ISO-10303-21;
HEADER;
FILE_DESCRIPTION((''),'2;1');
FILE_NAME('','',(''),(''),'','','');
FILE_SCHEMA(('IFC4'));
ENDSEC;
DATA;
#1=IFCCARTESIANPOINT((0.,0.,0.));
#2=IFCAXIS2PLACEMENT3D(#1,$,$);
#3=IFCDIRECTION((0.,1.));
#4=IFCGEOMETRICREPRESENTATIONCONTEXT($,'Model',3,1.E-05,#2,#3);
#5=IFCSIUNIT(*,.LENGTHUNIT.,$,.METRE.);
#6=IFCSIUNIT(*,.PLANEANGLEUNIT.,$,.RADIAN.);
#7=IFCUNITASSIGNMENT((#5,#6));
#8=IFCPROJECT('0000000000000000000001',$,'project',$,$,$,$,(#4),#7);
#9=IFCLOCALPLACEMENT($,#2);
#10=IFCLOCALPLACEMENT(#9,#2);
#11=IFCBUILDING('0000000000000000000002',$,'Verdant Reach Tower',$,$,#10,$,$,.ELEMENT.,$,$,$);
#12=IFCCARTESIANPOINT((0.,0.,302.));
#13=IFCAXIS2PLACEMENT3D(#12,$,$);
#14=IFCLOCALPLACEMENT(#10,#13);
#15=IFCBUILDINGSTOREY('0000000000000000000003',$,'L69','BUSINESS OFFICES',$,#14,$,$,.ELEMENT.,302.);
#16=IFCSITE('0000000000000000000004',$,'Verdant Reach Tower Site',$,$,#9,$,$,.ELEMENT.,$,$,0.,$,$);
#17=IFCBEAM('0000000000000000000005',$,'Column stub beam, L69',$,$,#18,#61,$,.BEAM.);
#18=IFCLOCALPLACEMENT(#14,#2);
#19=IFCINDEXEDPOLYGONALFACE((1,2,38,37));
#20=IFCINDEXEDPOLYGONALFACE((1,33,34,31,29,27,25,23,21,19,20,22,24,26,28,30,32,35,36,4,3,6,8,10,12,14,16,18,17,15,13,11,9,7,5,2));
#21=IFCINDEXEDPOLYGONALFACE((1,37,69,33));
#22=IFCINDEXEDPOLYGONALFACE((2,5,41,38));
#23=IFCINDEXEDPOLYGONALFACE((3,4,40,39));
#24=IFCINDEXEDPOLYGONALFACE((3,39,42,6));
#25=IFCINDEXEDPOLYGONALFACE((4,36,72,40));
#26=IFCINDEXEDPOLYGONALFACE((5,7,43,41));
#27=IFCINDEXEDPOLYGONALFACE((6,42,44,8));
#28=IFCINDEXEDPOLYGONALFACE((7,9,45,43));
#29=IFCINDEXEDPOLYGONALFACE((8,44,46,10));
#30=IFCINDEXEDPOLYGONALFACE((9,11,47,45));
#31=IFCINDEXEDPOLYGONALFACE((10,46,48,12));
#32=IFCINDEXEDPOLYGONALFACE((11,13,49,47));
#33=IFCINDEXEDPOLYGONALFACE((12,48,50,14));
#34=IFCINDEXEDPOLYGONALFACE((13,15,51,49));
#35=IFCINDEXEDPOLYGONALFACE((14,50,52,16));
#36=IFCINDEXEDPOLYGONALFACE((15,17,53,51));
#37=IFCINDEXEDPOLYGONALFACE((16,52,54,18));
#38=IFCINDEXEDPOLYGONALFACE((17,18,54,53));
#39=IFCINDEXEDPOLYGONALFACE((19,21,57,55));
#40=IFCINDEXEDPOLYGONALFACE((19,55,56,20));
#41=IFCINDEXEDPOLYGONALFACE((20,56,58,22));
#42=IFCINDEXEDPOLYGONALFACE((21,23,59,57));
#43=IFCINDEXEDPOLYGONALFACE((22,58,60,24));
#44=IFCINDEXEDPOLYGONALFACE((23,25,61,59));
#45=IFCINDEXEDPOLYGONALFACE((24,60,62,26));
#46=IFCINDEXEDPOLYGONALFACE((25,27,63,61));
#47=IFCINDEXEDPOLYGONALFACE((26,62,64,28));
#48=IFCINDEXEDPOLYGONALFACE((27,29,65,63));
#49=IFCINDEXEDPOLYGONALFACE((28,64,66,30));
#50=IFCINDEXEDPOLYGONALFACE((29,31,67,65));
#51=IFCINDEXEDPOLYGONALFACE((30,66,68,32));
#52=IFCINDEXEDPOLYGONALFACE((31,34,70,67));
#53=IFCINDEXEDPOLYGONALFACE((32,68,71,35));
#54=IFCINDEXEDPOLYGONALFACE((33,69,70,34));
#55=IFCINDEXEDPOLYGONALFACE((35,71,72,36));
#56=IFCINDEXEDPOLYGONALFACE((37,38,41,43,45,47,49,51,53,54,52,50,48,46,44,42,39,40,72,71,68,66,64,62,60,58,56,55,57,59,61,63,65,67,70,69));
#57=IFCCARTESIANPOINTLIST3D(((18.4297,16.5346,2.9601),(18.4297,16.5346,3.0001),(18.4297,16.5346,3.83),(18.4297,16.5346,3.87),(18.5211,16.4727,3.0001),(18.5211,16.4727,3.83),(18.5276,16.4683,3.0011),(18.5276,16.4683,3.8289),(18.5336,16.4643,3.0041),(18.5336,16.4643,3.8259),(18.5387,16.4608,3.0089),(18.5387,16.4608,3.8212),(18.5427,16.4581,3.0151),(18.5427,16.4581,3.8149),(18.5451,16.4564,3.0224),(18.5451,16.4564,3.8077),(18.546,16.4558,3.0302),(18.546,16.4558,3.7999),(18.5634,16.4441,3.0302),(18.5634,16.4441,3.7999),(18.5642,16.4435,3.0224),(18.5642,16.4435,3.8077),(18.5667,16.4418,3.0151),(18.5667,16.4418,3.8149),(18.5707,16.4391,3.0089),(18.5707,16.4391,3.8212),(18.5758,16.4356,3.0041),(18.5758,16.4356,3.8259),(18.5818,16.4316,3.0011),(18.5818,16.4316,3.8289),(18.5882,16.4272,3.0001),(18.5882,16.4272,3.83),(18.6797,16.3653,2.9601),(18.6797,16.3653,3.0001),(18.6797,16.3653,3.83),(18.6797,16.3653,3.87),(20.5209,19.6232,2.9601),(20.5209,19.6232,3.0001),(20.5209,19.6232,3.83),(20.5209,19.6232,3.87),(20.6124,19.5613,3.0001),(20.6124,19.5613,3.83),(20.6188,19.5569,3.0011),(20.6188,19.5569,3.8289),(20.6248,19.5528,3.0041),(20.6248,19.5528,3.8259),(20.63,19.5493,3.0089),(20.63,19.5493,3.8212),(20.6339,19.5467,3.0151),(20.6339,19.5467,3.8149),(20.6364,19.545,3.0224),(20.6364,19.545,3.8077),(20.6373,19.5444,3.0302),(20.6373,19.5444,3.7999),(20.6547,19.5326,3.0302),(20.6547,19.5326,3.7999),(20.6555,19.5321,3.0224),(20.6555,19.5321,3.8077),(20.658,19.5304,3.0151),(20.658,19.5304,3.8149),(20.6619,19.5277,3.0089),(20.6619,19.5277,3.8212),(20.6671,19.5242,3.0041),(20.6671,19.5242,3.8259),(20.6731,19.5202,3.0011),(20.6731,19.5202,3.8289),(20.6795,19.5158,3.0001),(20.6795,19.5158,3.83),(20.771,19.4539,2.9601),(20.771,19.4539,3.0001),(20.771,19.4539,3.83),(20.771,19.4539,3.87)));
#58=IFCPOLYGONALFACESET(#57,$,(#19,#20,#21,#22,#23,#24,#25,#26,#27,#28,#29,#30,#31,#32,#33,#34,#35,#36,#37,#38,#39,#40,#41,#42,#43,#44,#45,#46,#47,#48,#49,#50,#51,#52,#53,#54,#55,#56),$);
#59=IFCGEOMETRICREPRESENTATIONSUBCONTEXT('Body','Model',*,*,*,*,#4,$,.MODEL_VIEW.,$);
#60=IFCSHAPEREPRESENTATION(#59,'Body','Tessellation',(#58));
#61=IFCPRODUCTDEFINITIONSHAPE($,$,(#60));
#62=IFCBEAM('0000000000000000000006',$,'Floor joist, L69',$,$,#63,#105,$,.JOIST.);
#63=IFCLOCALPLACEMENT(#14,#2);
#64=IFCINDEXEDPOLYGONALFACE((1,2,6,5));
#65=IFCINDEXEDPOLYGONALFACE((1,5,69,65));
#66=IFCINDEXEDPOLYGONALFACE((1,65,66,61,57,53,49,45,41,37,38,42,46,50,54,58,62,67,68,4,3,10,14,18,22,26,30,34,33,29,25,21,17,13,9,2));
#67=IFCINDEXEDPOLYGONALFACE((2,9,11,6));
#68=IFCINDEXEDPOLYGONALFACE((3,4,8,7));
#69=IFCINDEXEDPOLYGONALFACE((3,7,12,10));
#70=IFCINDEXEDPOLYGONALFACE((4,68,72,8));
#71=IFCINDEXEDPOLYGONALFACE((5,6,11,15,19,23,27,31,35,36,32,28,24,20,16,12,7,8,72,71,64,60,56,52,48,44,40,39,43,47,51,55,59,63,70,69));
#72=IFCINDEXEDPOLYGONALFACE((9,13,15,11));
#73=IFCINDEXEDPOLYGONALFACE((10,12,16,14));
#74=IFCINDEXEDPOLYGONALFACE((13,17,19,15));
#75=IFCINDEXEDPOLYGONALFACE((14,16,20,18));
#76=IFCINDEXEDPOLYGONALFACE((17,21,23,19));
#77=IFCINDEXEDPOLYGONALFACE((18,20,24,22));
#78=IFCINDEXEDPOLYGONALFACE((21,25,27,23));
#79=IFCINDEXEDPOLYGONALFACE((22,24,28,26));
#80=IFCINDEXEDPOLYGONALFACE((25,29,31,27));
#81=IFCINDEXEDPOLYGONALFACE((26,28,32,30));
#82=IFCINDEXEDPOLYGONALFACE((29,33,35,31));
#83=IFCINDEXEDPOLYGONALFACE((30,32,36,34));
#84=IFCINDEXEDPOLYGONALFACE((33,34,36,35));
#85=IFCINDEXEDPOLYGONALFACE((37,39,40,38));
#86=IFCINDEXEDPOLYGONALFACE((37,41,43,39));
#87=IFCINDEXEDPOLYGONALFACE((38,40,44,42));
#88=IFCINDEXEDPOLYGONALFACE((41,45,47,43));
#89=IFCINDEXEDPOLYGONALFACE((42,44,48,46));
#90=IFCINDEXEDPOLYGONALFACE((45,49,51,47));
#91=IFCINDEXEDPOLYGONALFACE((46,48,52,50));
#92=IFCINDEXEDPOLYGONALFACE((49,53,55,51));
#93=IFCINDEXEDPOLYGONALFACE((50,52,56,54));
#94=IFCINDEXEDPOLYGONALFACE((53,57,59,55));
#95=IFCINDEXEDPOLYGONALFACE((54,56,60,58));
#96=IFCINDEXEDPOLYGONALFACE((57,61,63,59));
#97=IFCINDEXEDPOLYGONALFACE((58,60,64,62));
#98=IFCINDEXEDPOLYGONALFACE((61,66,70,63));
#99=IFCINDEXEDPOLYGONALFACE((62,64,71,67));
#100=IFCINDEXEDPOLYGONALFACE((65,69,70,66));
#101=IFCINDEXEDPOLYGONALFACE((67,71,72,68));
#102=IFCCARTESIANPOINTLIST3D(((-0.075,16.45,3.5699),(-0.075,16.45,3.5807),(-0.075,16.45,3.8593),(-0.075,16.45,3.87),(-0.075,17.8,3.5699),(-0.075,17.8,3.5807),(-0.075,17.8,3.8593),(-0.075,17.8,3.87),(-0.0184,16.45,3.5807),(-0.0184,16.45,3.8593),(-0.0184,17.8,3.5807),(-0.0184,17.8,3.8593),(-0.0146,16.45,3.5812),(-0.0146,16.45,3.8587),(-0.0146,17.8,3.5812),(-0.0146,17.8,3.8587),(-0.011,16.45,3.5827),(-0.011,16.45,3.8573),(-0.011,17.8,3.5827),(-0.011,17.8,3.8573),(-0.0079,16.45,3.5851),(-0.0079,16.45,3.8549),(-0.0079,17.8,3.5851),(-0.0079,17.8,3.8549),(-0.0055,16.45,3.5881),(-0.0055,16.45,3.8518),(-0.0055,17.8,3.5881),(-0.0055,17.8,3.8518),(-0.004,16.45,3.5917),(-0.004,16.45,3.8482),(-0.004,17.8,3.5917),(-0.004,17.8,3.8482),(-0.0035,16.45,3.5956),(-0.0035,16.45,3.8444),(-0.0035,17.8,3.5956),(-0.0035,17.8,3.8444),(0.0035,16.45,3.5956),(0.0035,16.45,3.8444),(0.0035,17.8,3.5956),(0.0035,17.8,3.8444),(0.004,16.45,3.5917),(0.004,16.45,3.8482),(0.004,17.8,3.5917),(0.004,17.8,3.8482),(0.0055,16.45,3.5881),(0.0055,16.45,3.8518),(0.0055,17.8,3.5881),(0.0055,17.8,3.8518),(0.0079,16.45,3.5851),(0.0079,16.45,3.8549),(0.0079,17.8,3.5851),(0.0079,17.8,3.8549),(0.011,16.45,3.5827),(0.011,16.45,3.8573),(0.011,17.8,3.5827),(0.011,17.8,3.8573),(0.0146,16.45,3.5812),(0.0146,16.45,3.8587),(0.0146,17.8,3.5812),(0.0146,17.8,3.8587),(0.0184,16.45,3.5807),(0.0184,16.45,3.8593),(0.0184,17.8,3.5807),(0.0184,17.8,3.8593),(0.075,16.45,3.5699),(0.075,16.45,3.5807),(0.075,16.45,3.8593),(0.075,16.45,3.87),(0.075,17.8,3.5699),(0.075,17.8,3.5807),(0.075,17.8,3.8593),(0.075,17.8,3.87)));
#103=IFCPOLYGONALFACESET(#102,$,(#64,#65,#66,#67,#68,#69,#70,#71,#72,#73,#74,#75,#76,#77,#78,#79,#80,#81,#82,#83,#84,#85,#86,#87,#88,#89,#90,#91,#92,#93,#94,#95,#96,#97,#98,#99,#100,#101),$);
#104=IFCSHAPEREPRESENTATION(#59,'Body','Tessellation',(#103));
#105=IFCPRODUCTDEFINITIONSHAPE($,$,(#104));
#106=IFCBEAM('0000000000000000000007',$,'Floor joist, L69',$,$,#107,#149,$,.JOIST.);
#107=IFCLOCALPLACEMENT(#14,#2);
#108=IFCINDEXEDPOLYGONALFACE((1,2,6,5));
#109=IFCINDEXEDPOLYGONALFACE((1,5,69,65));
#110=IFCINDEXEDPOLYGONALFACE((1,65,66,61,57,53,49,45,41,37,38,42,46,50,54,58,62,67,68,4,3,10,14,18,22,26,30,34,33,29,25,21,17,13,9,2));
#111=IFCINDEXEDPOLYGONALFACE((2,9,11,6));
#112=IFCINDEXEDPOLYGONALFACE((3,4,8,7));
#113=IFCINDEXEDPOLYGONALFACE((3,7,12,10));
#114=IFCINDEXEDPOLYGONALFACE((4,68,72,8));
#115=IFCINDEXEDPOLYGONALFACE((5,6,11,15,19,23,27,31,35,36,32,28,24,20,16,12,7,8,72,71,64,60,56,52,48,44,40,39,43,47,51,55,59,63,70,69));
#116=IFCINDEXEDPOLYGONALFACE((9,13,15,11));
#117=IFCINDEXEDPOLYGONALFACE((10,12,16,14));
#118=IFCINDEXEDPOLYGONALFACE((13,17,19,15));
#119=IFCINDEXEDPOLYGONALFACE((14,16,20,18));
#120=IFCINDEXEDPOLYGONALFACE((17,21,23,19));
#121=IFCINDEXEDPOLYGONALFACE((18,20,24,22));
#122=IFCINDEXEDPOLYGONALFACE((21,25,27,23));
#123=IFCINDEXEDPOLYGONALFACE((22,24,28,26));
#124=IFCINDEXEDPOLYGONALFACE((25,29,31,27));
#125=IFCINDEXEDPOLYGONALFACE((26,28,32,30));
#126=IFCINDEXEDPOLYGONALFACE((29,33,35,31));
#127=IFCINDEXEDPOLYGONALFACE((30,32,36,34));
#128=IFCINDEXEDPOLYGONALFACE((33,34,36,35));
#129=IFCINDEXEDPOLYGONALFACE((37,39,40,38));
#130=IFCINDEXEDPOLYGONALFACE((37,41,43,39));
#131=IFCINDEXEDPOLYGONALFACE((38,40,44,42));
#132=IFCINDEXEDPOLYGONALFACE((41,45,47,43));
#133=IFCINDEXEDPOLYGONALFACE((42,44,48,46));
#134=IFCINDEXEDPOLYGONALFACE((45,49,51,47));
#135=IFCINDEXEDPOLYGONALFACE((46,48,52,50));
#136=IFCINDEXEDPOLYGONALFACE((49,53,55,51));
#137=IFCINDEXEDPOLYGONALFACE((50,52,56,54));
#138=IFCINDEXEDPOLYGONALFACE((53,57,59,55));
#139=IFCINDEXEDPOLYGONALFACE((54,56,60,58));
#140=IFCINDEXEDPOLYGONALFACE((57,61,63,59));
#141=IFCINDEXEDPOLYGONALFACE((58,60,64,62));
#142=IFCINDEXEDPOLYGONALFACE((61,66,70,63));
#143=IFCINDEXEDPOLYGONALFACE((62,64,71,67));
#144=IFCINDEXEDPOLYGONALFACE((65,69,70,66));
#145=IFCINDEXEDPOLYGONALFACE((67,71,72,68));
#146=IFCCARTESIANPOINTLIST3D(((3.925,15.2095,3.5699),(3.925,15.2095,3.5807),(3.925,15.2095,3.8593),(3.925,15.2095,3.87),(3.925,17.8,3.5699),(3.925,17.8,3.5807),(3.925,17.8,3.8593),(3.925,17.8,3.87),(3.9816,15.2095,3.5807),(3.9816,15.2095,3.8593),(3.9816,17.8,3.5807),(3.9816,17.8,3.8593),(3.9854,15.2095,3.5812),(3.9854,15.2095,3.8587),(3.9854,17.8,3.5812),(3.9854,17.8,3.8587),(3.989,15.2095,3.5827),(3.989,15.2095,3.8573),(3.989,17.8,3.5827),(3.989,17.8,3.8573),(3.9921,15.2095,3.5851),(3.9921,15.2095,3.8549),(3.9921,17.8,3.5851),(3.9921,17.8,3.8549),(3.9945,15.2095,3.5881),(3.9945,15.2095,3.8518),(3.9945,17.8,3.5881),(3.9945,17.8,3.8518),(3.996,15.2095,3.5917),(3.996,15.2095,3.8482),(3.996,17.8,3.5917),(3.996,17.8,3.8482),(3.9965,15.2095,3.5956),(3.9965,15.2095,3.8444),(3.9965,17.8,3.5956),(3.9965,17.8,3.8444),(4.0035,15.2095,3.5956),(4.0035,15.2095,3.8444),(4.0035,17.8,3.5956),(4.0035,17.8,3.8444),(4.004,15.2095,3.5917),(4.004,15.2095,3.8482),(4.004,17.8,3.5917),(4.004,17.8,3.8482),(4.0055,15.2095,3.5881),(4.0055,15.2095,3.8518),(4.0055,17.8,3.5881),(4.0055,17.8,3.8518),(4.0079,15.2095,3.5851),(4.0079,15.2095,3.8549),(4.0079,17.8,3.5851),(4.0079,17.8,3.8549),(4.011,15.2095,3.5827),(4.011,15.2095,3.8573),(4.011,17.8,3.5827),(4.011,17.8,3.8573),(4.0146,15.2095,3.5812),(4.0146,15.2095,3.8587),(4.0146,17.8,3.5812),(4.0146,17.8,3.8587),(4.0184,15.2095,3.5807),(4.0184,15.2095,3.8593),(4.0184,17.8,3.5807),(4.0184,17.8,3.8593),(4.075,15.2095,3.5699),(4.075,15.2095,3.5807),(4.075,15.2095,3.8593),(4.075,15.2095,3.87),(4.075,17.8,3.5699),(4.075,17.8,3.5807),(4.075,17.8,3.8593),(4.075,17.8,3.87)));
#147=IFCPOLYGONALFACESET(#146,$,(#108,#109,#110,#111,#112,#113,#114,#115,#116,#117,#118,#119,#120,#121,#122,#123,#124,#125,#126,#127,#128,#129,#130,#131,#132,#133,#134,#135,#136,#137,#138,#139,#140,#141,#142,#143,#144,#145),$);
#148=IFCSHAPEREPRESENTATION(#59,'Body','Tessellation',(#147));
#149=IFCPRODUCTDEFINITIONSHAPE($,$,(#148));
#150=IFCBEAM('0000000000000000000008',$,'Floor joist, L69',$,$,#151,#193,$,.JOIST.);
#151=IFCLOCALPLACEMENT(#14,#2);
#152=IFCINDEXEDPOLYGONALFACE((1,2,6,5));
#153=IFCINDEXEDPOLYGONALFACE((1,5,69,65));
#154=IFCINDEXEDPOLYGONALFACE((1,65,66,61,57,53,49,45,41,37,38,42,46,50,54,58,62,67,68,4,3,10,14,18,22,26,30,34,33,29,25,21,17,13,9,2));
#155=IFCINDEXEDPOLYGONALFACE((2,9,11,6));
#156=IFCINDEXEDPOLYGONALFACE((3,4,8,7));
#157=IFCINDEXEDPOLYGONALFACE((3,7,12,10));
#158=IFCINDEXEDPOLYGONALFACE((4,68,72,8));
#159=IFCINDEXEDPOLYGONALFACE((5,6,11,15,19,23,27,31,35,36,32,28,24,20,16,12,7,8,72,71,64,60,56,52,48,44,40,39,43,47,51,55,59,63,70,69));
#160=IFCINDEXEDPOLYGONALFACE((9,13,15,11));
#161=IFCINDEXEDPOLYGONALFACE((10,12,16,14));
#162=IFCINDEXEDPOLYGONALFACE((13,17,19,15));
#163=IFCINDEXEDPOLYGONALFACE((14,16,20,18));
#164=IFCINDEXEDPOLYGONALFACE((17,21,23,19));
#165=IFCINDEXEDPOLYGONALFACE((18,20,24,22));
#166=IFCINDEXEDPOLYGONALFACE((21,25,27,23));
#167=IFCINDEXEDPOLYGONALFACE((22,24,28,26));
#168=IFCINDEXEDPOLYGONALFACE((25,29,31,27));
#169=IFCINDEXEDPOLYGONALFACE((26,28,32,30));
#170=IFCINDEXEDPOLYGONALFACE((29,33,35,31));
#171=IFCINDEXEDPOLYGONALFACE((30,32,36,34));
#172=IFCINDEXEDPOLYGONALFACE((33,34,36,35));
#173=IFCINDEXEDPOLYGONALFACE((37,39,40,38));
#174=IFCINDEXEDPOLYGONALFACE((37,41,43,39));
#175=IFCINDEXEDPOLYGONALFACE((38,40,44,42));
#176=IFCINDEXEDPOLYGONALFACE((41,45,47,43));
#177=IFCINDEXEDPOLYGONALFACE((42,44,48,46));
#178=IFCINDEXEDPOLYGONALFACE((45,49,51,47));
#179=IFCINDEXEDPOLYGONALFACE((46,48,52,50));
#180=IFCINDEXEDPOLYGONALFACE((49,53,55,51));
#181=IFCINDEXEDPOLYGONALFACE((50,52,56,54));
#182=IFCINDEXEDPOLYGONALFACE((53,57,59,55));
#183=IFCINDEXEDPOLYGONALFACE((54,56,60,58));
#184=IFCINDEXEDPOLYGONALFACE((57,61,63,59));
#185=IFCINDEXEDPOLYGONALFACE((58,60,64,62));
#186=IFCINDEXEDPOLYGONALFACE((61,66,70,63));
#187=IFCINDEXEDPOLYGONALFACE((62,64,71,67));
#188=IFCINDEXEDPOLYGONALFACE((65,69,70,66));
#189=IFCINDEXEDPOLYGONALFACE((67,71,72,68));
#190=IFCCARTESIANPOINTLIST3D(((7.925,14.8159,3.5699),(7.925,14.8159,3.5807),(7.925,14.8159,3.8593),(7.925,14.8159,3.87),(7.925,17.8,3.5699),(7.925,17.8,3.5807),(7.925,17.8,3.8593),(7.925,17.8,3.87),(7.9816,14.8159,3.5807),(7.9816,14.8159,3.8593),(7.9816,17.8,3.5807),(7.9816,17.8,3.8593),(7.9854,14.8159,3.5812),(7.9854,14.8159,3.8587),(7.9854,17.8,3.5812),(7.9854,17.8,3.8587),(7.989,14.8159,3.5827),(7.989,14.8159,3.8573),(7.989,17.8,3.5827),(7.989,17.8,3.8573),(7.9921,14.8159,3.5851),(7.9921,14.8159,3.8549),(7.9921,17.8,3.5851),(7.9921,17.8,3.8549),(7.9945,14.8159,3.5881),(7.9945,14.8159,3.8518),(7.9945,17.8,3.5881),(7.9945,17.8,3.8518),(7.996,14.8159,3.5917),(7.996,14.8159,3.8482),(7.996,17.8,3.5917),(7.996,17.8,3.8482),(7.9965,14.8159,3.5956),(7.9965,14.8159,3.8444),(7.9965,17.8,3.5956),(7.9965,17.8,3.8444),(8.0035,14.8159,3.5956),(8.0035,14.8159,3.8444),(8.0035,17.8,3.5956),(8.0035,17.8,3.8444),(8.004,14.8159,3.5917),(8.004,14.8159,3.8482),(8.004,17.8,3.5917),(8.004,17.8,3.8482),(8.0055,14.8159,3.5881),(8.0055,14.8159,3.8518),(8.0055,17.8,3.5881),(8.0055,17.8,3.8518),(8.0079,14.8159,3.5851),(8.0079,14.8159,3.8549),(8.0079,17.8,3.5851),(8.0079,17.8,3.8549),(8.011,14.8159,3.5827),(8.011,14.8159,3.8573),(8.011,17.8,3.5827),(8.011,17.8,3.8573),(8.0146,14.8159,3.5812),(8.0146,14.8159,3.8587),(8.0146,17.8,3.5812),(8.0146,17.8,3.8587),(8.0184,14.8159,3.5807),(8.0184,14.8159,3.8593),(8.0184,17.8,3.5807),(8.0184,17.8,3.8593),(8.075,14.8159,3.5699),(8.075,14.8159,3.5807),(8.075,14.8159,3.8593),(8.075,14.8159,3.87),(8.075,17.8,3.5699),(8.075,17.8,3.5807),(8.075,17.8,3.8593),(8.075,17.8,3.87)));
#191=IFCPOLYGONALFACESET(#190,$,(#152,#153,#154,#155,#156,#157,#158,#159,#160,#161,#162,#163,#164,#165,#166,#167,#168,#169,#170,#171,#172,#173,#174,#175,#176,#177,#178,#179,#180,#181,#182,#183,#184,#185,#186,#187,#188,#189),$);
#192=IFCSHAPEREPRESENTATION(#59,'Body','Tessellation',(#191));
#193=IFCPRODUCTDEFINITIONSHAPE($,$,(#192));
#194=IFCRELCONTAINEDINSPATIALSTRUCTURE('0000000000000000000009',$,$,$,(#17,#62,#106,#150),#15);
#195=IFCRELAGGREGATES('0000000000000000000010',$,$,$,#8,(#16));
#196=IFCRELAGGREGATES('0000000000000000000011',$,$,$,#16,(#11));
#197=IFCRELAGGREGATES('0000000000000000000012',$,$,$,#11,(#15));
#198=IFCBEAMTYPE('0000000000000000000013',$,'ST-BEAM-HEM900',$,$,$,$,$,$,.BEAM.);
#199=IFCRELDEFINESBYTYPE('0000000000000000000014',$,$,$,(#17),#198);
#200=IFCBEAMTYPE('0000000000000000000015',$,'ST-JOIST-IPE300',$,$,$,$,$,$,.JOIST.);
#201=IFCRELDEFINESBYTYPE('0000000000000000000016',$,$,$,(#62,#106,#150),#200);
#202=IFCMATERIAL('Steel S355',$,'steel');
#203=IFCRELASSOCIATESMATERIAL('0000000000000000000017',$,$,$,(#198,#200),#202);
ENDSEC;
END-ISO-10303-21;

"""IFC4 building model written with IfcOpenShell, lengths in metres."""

from ifc_helpers import new_model, si_unit, direction, frame, origin, origin_2d, place, context, subcontext, project, spatial, i_section, extrude, material, material_profile, profile_set, type_object, element, save


model = new_model("IFC4")

# Units and contexts
model_context = context("Model", 3, precision=1e-05, world=origin(), true_north=direction((0.0, 1.0)))
body_context = subcontext(model_context, "Body", "Model", "MODEL_VIEW")
ifc_project = project(units=[si_unit("LENGTHUNIT", "METRE"), si_unit("PLANEANGLEUNIT", "RADIAN")], contexts=[model_context])

# Site, building, storey
site_placement = place(None, origin())
site = spatial("IfcSite", under=ifc_project, at=site_placement, Name="Verdant Reach Tower Site", CompositionType="ELEMENT", RefElevation=0.0)
building_placement = place(site_placement, origin())
building = spatial("IfcBuilding", under=site, at=building_placement, Name="Verdant Reach Tower", CompositionType="ELEMENT")
storey_placement = place(building_placement, frame((0.0, 0.0, 302.0)))
storey = spatial("IfcBuildingStorey", under=building, at=storey_placement, Name="L69", Description="BUSINESS OFFICES", CompositionType="ELEMENT", Elevation=302.0)

# Beams
ifc_material_1 = material(Name="Steel S355", Category="steel")
ifc_material_profile_1 = material_profile(ifc_material_1, i_section(OverallWidth=0.302, OverallDepth=0.9099, WebThickness=0.021, FlangeThickness=0.04, FilletRadius=0.03, at=origin_2d()), Name="HEM 900")
ifc_profile_set_1 = profile_set([ifc_material_profile_1], Name="Steel S355")
beam_type_1 = type_object("IfcBeamType", Name="ST-BEAM-HEM900", PredefinedType="BEAM", material=ifc_profile_set_1)
beam_1_placement = place(storey_placement, frame((18.5547, 16.45, 3.415), z_axis=(0.560667, 0.828041, 0.0), x_axis=(-0.828041, 0.560667, 0.0)))
element("IfcBeam", 1, at=beam_1_placement, inside=storey, type_object=beam_type_1, Name="Column stub beam, L69", PredefinedType="BEAM", context=body_context, shape_type="SweptSolid", body=[
    extrude(i_section(OverallWidth=0.302, OverallDepth=0.9099, WebThickness=0.021, FlangeThickness=0.04, FilletRadius=0.03, at=origin_2d()), origin(), (0.0, 0.0, 1.0), 3.73),
])
ifc_material_profile_2 = material_profile(ifc_material_1, i_section(OverallWidth=0.1499, OverallDepth=0.3, WebThickness=0.0071, FlangeThickness=0.0107, FilletRadius=0.0149, at=origin_2d()), Name="IPE 300")
ifc_profile_set_2 = profile_set([ifc_material_profile_2], Name="Steel S355")
beam_type_2 = type_object("IfcBeamType", Name="ST-JOIST-IPE300", PredefinedType="JOIST", material=ifc_profile_set_2)
beam_2_placement = place(storey_placement, frame((0.0, 17.8, 3.72), z_axis=(0.0, -1.0, 0.0), x_axis=(1.0, 0.0, 0.0)))
element("IfcBeam", 2, at=beam_2_placement, inside=storey, type_object=beam_type_2, Name="Floor joist, L69", PredefinedType="JOIST", context=body_context, shape_type="SweptSolid", body=[
    extrude(i_section(OverallWidth=0.1499, OverallDepth=0.3, WebThickness=0.0071, FlangeThickness=0.0107, FilletRadius=0.0149, at=origin_2d()), origin(), (0.0, 0.0, 1.0), 1.3501),
])
beam_3_placement = place(storey_placement, frame((4.0, 17.8, 3.72), z_axis=(0.0, -1.0, 0.0), x_axis=(1.0, 0.0, 0.0)))
element("IfcBeam", 3, at=beam_3_placement, inside=storey, type_object=beam_type_2, Name="Floor joist, L69", PredefinedType="JOIST", context=body_context, shape_type="SweptSolid", body=[
    extrude(i_section(OverallWidth=0.1499, OverallDepth=0.3, WebThickness=0.0071, FlangeThickness=0.0107, FilletRadius=0.0149, at=origin_2d()), origin(), (0.0, 0.0, 1.0), 2.5906),
])
beam_4_placement = place(storey_placement, frame((8.0, 17.8, 3.72), z_axis=(0.0, -1.0, 0.0), x_axis=(1.0, 0.0, 0.0)))
element("IfcBeam", 4, at=beam_4_placement, inside=storey, type_object=beam_type_2, Name="Floor joist, L69", PredefinedType="JOIST", context=body_context, shape_type="SweptSolid", body=[
    extrude(i_section(OverallWidth=0.1499, OverallDepth=0.3, WebThickness=0.0071, FlangeThickness=0.0107, FilletRadius=0.0149, at=origin_2d()), origin(), (0.0, 0.0, 1.0), 2.9841),
])

save(model, "model.ifc")
